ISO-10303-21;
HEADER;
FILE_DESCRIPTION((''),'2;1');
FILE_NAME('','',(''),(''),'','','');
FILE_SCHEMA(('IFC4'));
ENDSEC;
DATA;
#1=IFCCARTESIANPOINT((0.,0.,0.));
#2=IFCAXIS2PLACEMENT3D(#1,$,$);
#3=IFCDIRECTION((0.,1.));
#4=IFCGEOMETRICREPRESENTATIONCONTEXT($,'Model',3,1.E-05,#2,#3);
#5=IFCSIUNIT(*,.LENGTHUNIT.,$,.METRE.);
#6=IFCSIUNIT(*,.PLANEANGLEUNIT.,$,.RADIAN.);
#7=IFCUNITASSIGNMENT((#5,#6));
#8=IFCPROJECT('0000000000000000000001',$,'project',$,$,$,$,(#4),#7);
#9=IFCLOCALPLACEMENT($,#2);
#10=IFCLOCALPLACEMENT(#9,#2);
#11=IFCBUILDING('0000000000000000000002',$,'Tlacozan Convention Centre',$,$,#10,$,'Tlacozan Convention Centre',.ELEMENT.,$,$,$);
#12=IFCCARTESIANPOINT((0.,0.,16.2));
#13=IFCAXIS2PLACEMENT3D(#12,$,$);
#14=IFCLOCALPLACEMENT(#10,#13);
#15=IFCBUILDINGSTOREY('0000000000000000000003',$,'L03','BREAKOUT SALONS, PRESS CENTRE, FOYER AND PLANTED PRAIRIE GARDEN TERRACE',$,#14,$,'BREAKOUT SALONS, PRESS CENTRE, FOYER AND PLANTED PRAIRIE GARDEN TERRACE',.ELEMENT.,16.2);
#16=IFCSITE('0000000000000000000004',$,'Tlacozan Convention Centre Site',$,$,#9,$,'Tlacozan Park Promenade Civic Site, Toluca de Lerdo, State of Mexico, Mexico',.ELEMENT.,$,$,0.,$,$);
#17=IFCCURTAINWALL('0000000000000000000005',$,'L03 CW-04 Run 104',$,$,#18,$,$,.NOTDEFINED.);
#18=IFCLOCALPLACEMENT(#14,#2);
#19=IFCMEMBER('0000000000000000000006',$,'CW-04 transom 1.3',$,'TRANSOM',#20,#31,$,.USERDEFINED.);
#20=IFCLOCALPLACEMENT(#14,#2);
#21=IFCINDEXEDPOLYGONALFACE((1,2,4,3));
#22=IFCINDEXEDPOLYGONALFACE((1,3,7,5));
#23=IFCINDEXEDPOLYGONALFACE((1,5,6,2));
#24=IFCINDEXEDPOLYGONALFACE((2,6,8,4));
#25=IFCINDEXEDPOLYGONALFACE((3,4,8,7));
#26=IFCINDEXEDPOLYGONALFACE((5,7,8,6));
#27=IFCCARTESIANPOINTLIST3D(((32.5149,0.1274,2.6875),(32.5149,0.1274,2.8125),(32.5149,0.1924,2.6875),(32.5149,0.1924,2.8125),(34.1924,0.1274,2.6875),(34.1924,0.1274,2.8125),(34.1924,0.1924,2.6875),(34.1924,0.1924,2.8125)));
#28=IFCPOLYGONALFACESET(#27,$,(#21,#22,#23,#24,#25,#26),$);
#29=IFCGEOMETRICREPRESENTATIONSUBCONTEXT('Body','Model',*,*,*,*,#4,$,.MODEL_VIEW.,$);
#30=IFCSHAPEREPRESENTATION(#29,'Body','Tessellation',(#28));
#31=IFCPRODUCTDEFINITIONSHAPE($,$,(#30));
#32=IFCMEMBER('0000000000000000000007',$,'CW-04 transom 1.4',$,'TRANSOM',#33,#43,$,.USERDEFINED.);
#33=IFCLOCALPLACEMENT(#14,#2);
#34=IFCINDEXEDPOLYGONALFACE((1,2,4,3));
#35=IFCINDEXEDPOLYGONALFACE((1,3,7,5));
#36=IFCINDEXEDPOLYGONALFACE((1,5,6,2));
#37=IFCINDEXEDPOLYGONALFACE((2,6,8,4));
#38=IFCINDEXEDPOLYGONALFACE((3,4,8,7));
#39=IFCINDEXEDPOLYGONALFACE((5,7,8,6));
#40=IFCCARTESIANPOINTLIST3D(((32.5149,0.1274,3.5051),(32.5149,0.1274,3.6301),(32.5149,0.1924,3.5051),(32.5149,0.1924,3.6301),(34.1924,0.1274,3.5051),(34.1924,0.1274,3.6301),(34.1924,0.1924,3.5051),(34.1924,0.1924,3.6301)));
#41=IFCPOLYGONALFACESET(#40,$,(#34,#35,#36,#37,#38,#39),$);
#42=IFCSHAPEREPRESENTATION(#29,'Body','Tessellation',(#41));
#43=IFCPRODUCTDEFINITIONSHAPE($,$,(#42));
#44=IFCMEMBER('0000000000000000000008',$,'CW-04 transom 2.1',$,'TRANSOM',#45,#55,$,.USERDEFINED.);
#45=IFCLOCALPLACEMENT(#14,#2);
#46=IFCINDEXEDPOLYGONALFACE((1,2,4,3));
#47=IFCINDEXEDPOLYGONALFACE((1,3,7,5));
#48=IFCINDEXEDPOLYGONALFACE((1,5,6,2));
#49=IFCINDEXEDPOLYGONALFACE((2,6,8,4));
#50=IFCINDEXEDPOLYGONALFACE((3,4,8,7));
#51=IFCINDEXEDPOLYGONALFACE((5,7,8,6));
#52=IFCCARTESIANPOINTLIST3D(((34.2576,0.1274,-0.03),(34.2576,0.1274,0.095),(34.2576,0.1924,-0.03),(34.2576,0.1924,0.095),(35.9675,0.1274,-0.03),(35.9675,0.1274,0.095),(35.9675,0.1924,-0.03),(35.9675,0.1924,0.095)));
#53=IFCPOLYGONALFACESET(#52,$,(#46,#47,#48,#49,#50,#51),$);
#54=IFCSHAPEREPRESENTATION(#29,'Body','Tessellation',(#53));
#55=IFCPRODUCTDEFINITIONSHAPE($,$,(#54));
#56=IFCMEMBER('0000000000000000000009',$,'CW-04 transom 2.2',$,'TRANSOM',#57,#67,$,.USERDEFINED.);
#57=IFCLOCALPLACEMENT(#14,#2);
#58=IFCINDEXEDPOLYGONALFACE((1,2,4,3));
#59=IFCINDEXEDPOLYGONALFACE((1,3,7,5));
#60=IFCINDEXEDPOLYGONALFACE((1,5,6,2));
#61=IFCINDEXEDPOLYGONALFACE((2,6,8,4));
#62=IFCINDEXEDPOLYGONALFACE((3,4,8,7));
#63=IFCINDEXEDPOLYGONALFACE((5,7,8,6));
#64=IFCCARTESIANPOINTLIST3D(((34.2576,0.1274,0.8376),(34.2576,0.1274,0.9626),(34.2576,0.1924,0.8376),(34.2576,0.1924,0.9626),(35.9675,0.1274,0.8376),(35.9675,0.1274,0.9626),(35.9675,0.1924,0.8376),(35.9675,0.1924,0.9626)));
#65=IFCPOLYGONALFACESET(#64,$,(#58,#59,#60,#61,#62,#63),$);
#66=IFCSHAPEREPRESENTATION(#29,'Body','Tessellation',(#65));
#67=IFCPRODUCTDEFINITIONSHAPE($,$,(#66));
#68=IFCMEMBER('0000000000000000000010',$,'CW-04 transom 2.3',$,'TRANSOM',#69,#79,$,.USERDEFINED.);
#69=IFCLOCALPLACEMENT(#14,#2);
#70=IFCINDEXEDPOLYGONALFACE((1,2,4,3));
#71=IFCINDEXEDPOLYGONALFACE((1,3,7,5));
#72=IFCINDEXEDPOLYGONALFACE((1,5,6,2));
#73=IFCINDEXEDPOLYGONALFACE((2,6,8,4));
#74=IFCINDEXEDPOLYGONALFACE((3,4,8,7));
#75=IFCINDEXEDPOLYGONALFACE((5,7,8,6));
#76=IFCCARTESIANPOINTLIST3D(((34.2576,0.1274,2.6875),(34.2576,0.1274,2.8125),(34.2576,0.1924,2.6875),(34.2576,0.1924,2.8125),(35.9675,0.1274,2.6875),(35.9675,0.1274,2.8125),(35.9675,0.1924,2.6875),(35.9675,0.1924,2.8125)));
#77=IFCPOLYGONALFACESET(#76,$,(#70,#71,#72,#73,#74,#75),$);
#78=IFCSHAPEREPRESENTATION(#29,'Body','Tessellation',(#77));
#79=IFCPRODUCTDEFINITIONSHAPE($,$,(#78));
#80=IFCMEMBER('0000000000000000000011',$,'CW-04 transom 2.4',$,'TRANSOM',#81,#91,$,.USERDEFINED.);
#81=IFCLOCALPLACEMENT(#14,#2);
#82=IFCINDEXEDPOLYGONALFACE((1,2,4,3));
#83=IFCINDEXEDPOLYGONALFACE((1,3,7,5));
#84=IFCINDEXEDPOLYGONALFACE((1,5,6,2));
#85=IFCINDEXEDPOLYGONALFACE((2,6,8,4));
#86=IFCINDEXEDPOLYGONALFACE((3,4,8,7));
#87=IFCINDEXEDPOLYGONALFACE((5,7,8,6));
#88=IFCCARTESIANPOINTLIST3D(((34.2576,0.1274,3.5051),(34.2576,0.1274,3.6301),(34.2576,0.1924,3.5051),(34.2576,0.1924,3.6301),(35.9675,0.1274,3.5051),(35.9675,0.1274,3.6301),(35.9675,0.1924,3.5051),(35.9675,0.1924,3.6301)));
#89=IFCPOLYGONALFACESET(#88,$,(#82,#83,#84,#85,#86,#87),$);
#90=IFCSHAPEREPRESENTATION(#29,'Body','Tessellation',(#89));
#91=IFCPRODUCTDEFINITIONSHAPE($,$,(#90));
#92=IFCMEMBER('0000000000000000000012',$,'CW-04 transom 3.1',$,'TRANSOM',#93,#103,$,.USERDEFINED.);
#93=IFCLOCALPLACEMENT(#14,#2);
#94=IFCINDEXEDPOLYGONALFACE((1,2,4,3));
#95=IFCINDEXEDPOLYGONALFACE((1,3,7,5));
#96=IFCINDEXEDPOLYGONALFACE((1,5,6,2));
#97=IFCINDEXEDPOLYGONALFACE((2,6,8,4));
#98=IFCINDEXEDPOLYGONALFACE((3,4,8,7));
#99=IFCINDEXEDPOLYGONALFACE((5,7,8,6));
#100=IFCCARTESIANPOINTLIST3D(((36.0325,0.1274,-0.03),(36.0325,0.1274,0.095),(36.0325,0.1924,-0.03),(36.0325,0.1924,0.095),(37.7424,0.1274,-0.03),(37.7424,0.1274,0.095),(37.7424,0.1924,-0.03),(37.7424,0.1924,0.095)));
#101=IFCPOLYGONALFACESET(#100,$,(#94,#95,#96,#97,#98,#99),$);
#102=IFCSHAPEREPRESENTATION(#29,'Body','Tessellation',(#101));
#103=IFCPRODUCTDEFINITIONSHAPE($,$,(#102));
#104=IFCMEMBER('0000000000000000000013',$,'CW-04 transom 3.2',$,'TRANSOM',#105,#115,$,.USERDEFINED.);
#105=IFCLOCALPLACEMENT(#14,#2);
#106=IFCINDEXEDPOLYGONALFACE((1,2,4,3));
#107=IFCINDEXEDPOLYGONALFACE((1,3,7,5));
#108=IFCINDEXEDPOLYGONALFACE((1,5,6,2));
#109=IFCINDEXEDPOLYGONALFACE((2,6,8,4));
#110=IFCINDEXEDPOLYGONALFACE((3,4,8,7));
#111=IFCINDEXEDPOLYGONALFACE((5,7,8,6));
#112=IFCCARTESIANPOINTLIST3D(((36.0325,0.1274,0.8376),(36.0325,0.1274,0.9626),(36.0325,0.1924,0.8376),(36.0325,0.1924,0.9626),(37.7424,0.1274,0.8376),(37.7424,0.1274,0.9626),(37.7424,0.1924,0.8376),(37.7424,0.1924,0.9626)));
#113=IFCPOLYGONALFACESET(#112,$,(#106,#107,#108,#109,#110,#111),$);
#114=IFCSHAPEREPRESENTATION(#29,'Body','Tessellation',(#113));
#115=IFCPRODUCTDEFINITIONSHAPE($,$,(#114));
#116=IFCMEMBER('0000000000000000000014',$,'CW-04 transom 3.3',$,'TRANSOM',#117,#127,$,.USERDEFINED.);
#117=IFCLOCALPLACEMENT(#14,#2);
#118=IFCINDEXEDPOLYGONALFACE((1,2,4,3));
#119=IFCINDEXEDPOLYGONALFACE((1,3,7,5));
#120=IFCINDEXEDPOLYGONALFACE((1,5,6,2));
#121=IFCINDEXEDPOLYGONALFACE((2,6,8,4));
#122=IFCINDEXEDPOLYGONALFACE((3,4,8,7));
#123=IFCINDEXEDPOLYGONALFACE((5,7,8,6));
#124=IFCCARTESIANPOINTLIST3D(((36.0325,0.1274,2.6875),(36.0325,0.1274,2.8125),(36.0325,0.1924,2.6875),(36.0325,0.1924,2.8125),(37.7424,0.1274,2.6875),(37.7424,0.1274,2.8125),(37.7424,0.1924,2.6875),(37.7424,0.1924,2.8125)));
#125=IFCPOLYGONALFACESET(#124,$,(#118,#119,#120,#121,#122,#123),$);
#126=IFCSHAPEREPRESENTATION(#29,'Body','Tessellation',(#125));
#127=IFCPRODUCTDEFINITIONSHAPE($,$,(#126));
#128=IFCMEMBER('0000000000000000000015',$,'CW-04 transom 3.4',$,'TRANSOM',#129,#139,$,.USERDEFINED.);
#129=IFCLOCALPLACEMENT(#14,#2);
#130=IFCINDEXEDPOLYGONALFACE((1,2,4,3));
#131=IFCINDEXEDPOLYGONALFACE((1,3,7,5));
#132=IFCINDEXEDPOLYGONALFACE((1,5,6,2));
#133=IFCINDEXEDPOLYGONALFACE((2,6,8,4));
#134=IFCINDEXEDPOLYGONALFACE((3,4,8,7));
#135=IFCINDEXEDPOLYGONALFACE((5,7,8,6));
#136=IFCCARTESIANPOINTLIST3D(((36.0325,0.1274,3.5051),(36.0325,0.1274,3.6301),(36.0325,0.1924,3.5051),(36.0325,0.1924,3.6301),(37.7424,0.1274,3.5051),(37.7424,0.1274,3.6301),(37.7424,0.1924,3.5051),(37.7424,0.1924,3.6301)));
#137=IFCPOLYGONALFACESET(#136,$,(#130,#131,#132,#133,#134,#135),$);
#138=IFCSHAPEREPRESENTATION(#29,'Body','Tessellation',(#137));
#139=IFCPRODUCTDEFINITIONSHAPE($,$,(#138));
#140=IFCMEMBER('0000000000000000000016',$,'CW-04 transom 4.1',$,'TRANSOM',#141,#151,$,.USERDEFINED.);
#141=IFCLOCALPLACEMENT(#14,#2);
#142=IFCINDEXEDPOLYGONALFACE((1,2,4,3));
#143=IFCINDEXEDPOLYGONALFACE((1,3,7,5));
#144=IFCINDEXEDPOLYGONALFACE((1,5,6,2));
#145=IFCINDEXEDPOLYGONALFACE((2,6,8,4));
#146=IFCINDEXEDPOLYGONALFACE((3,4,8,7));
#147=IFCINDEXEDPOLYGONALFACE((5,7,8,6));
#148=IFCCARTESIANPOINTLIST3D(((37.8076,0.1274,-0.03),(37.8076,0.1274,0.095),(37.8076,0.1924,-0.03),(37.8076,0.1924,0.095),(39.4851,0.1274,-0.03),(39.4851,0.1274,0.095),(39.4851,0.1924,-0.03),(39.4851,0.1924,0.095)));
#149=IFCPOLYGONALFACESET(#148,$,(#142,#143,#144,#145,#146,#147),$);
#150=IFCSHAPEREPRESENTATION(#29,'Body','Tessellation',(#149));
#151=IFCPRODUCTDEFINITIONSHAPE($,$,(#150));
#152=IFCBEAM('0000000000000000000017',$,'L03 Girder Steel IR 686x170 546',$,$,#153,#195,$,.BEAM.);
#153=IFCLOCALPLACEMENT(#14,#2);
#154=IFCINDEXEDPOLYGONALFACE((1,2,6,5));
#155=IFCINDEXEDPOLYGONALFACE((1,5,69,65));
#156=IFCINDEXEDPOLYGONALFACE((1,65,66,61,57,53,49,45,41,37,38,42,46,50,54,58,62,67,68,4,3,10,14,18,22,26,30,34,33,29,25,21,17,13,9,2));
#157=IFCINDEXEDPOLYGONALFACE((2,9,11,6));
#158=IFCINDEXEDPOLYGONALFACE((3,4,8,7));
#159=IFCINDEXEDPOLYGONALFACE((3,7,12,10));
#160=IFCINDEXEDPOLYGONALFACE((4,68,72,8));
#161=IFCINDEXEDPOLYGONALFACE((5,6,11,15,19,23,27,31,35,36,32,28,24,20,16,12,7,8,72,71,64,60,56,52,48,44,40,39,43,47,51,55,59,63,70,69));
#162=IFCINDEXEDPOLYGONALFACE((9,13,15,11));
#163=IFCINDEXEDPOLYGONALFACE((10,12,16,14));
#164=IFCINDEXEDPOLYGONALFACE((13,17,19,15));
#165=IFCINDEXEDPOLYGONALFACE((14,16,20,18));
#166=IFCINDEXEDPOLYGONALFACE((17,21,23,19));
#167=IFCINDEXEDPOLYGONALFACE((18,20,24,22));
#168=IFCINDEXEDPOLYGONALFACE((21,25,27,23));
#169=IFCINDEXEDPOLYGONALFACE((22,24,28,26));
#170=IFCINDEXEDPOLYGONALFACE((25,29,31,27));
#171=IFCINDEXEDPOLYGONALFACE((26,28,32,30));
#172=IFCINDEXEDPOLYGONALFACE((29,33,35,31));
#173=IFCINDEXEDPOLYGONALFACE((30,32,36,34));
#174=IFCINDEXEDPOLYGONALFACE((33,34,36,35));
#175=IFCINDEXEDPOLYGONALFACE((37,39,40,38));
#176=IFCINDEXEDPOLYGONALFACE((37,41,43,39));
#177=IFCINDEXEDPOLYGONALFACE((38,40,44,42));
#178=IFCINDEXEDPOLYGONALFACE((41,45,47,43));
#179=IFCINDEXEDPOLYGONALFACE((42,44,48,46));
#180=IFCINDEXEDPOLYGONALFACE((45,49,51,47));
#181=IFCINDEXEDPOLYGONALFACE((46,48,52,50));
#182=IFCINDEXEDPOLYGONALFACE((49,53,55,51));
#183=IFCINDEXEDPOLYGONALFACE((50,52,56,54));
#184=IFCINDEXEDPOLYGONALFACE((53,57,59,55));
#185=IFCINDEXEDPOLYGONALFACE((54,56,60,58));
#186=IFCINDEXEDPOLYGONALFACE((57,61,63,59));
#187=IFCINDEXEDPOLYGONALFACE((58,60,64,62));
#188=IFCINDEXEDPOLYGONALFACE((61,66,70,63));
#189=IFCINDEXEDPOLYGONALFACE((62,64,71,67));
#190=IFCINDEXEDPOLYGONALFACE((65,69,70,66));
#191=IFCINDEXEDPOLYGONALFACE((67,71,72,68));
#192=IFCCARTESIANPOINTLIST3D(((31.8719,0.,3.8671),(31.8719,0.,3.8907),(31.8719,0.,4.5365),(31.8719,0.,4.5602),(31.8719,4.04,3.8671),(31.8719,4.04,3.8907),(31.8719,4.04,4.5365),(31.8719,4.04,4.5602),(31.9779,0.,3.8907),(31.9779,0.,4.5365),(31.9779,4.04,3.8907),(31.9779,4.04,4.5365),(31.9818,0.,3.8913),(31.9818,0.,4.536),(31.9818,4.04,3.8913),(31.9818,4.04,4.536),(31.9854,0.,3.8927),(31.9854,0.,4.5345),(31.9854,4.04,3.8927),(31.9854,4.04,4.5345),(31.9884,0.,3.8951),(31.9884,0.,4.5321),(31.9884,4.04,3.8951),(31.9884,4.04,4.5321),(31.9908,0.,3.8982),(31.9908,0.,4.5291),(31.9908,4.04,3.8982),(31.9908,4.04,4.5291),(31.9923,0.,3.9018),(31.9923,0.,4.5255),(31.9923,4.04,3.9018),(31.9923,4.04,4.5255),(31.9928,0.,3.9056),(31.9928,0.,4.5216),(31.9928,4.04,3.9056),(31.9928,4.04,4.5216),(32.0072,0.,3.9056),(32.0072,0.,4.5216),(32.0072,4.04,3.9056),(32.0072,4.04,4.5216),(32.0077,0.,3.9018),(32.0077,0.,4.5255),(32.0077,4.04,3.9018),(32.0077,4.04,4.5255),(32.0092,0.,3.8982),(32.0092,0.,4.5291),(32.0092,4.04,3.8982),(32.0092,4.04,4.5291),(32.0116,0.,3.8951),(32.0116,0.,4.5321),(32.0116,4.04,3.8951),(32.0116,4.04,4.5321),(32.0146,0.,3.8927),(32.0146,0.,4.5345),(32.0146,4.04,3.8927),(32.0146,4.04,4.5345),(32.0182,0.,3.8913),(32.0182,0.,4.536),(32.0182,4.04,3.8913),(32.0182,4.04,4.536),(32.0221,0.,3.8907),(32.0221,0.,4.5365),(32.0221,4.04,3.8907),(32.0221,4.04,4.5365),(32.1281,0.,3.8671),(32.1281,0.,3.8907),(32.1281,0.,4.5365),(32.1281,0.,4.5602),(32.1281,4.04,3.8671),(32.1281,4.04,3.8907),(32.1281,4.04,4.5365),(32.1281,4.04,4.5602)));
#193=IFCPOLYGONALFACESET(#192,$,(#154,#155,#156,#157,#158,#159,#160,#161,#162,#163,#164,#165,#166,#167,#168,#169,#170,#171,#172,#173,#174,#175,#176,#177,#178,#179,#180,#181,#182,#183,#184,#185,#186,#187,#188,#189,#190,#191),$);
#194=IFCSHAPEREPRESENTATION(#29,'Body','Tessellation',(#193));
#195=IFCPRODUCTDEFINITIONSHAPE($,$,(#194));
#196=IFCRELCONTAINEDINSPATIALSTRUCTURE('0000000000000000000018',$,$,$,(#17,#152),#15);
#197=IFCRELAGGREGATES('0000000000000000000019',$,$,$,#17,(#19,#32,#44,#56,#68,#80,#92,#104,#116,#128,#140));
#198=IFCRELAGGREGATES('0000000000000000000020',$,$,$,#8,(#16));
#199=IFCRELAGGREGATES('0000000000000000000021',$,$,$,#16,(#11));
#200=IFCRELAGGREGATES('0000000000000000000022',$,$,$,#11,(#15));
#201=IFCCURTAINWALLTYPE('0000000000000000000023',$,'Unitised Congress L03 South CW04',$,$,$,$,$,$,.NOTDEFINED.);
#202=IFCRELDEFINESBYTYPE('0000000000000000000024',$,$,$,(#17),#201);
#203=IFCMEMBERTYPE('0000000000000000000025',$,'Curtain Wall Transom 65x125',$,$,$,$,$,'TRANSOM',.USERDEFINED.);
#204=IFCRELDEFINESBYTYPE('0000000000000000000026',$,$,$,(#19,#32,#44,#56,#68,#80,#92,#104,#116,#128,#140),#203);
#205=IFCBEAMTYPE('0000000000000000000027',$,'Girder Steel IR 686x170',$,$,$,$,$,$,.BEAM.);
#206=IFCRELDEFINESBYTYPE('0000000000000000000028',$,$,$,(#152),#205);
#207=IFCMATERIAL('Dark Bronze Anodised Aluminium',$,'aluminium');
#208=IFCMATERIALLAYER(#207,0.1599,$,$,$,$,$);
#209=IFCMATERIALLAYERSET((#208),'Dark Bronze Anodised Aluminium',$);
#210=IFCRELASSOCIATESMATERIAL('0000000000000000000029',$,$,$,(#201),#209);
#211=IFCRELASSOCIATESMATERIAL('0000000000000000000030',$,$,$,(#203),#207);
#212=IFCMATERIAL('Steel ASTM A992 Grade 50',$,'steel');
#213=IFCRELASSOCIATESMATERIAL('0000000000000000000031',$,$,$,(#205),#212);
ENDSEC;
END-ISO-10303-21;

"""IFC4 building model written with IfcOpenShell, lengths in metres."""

from ifc_helpers import new_model, si_unit, direction, frame, origin, origin_2d, place, context, subcontext, project, spatial, rectangle, i_section, extrude, material, layer, layer_set, material_profile, profile_set, type_object, element, aggregate, save


model = new_model("IFC4")

# Units and contexts
model_context = context("Model", 3, precision=1e-05, world=origin(), true_north=direction((0.0, 1.0)))
body_context = subcontext(model_context, "Body", "Model", "MODEL_VIEW")
ifc_project = project(units=[si_unit("LENGTHUNIT", "METRE"), si_unit("PLANEANGLEUNIT", "RADIAN")], contexts=[model_context])

# Site, building, storey
site_placement = place(None, origin())
site = spatial("IfcSite", under=ifc_project, at=site_placement, Name="Tlacozan Convention Centre Site", LongName="Tlacozan Park Promenade Civic Site, Toluca de Lerdo, State of Mexico, Mexico", CompositionType="ELEMENT", RefElevation=0.0)
building_placement = place(site_placement, origin())
building = spatial("IfcBuilding", under=site, at=building_placement, Name="Tlacozan Convention Centre", LongName="Tlacozan Convention Centre", CompositionType="ELEMENT")
storey_placement = place(building_placement, frame((0.0, 0.0, 16.2)))
storey = spatial("IfcBuildingStorey", under=building, at=storey_placement, Name="L03", Description="BREAKOUT SALONS, PRESS CENTRE, FOYER AND PLANTED PRAIRIE GARDEN TERRACE", LongName="BREAKOUT SALONS, PRESS CENTRE, FOYER AND PLANTED PRAIRIE GARDEN TERRACE", CompositionType="ELEMENT", Elevation=16.2)

# Shared definitions
ifc_material_1 = material(Name="Dark Bronze Anodised Aluminium", Category="aluminium")
ifc_layer_1 = layer(ifc_material_1, 0.1599)
ifc_layer_set_1 = layer_set([ifc_layer_1], Name="Dark Bronze Anodised Aluminium")
curtain_wall_type = type_object("IfcCurtainWallType", Name="Unitised Congress L03 South CW04", PredefinedType="NOTDEFINED", material=ifc_layer_set_1)

# Curtain wall
curtain_wall_1_placement = place(storey_placement, origin())
curtain_wall_1 = element("IfcCurtainWall", 1, at=curtain_wall_1_placement, inside=storey, type_object=curtain_wall_type, Name="L03 CW-04 Run 104", PredefinedType="NOTDEFINED")

# Members
ifc_material_profile_1 = material_profile(ifc_material_1, rectangle(XDim=0.0649, YDim=0.125, at=origin_2d()), Name="ALU 65x125")
ifc_profile_set_1 = profile_set([ifc_material_profile_1], Name="Dark Bronze Anodised Aluminium")
member_type_1 = type_object("IfcMemberType", Name="Curtain Wall Transom 65x125", ElementType="TRANSOM", PredefinedType="USERDEFINED", material=ifc_profile_set_1)
member_1_placement = place(storey_placement, frame((32.5149, 0.1599, 2.75), z_axis=(1.0, 0.0, 0.0), x_axis=(0.0, 1.0, 0.0)))
member_1 = element("IfcMember", 2, at=member_1_placement, type_object=member_type_1, Name="CW-04 transom 1.3", ObjectType="TRANSOM", PredefinedType="USERDEFINED", context=body_context, shape_type="SweptSolid", body=[
    extrude(rectangle(XDim=0.0649, YDim=0.125, at=origin_2d()), origin(), (0.0, 0.0, 1.0), 1.6775),
])
member_2_placement = place(storey_placement, frame((32.5149, 0.1599, 3.5676), z_axis=(1.0, 0.0, 0.0), x_axis=(0.0, 1.0, 0.0)))
member_2 = element("IfcMember", 3, at=member_2_placement, type_object=member_type_1, Name="CW-04 transom 1.4", ObjectType="TRANSOM", PredefinedType="USERDEFINED", context=body_context, shape_type="SweptSolid", body=[
    extrude(rectangle(XDim=0.0649, YDim=0.125, at=origin_2d()), origin(), (0.0, 0.0, 1.0), 1.6775),
])
member_3_placement = place(storey_placement, frame((34.2576, 0.1599, 0.0325), z_axis=(1.0, 0.0, 0.0), x_axis=(0.0, 1.0, 0.0)))
member_3 = element("IfcMember", 4, at=member_3_placement, type_object=member_type_1, Name="CW-04 transom 2.1", ObjectType="TRANSOM", PredefinedType="USERDEFINED", context=body_context, shape_type="SweptSolid", body=[
    extrude(rectangle(XDim=0.0649, YDim=0.125, at=origin_2d()), origin(), (0.0, 0.0, 1.0), 1.71),
])
member_4_placement = place(storey_placement, frame((34.2576, 0.1599, 0.9001), z_axis=(1.0, 0.0, 0.0), x_axis=(0.0, 1.0, 0.0)))
member_4 = element("IfcMember", 5, at=member_4_placement, type_object=member_type_1, Name="CW-04 transom 2.2", ObjectType="TRANSOM", PredefinedType="USERDEFINED", context=body_context, shape_type="SweptSolid", body=[
    extrude(rectangle(XDim=0.0649, YDim=0.125, at=origin_2d()), origin(), (0.0, 0.0, 1.0), 1.71),
])
member_5_placement = place(storey_placement, frame((34.2576, 0.1599, 2.75), z_axis=(1.0, 0.0, 0.0), x_axis=(0.0, 1.0, 0.0)))
member_5 = element("IfcMember", 6, at=member_5_placement, type_object=member_type_1, Name="CW-04 transom 2.3", ObjectType="TRANSOM", PredefinedType="USERDEFINED", context=body_context, shape_type="SweptSolid", body=[
    extrude(rectangle(XDim=0.0649, YDim=0.125, at=origin_2d()), origin(), (0.0, 0.0, 1.0), 1.71),
])
member_6_placement = place(storey_placement, frame((34.2576, 0.1599, 3.5676), z_axis=(1.0, 0.0, 0.0), x_axis=(0.0, 1.0, 0.0)))
member_6 = element("IfcMember", 7, at=member_6_placement, type_object=member_type_1, Name="CW-04 transom 2.4", ObjectType="TRANSOM", PredefinedType="USERDEFINED", context=body_context, shape_type="SweptSolid", body=[
    extrude(rectangle(XDim=0.0649, YDim=0.125, at=origin_2d()), origin(), (0.0, 0.0, 1.0), 1.71),
])
member_7_placement = place(storey_placement, frame((36.0325, 0.1599, 0.0325), z_axis=(1.0, 0.0, 0.0), x_axis=(0.0, 1.0, 0.0)))
member_7 = element("IfcMember", 8, at=member_7_placement, type_object=member_type_1, Name="CW-04 transom 3.1", ObjectType="TRANSOM", PredefinedType="USERDEFINED", context=body_context, shape_type="SweptSolid", body=[
    extrude(rectangle(XDim=0.0649, YDim=0.125, at=origin_2d()), origin(), (0.0, 0.0, 1.0), 1.71),
])
member_8_placement = place(storey_placement, frame((36.0325, 0.1599, 0.9001), z_axis=(1.0, 0.0, 0.0), x_axis=(0.0, 1.0, 0.0)))
member_8 = element("IfcMember", 9, at=member_8_placement, type_object=member_type_1, Name="CW-04 transom 3.2", ObjectType="TRANSOM", PredefinedType="USERDEFINED", context=body_context, shape_type="SweptSolid", body=[
    extrude(rectangle(XDim=0.0649, YDim=0.125, at=origin_2d()), origin(), (0.0, 0.0, 1.0), 1.71),
])
member_9_placement = place(storey_placement, frame((36.0325, 0.1599, 2.75), z_axis=(1.0, 0.0, 0.0), x_axis=(0.0, 1.0, 0.0)))
member_9 = element("IfcMember", 10, at=member_9_placement, type_object=member_type_1, Name="CW-04 transom 3.3", ObjectType="TRANSOM", PredefinedType="USERDEFINED", context=body_context, shape_type="SweptSolid", body=[
    extrude(rectangle(XDim=0.0649, YDim=0.125, at=origin_2d()), origin(), (0.0, 0.0, 1.0), 1.71),
])
member_10_placement = place(storey_placement, frame((36.0325, 0.1599, 3.5676), z_axis=(1.0, 0.0, 0.0), x_axis=(0.0, 1.0, 0.0)))
member_10 = element("IfcMember", 11, at=member_10_placement, type_object=member_type_1, Name="CW-04 transom 3.4", ObjectType="TRANSOM", PredefinedType="USERDEFINED", context=body_context, shape_type="SweptSolid", body=[
    extrude(rectangle(XDim=0.0649, YDim=0.125, at=origin_2d()), origin(), (0.0, 0.0, 1.0), 1.71),
])
member_11_placement = place(storey_placement, frame((37.8076, 0.1599, 0.0325), z_axis=(1.0, 0.0, 0.0), x_axis=(0.0, 1.0, 0.0)))
member_11 = element("IfcMember", 12, at=member_11_placement, type_object=member_type_1, Name="CW-04 transom 4.1", ObjectType="TRANSOM", PredefinedType="USERDEFINED", context=body_context, shape_type="SweptSolid", body=[
    extrude(rectangle(XDim=0.0649, YDim=0.125, at=origin_2d()), origin(), (0.0, 0.0, 1.0), 1.6775),
])

# Beam
ifc_material_2 = material(Name="Steel ASTM A992 Grade 50", Category="steel")
ifc_material_profile_2 = material_profile(ifc_material_2, i_section(OverallWidth=0.2561, OverallDepth=0.6931, WebThickness=0.0144, FlangeThickness=0.0237, FilletRadius=0.0149, at=origin_2d()), Name="IR 686x170.0")
ifc_profile_set_2 = profile_set([ifc_material_profile_2], Name="Steel ASTM A992 Grade 50")
beam_type_1 = type_object("IfcBeamType", Name="Girder Steel IR 686x170", PredefinedType="BEAM", material=ifc_profile_set_2)
beam_1_placement = place(storey_placement, frame((32.0, 0.0, 4.2136), z_axis=(0.0, 1.0, 0.0), x_axis=(-1.0, 0.0, 0.0)))
element("IfcBeam", 13, at=beam_1_placement, inside=storey, type_object=beam_type_1, Name="L03 Girder Steel IR 686x170 546", PredefinedType="BEAM", context=body_context, shape_type="SweptSolid", body=[
    extrude(i_section(OverallWidth=0.2561, OverallDepth=0.6931, WebThickness=0.0144, FlangeThickness=0.0237, FilletRadius=0.0149, at=origin_2d()), origin(), (0.0, 0.0, 1.0), 4.04),
])

aggregate(curtain_wall_1, [member_1, member_2, member_3, member_4, member_5, member_6, member_7, member_8, member_9, member_10, member_11])

save(model, "model.ifc")
